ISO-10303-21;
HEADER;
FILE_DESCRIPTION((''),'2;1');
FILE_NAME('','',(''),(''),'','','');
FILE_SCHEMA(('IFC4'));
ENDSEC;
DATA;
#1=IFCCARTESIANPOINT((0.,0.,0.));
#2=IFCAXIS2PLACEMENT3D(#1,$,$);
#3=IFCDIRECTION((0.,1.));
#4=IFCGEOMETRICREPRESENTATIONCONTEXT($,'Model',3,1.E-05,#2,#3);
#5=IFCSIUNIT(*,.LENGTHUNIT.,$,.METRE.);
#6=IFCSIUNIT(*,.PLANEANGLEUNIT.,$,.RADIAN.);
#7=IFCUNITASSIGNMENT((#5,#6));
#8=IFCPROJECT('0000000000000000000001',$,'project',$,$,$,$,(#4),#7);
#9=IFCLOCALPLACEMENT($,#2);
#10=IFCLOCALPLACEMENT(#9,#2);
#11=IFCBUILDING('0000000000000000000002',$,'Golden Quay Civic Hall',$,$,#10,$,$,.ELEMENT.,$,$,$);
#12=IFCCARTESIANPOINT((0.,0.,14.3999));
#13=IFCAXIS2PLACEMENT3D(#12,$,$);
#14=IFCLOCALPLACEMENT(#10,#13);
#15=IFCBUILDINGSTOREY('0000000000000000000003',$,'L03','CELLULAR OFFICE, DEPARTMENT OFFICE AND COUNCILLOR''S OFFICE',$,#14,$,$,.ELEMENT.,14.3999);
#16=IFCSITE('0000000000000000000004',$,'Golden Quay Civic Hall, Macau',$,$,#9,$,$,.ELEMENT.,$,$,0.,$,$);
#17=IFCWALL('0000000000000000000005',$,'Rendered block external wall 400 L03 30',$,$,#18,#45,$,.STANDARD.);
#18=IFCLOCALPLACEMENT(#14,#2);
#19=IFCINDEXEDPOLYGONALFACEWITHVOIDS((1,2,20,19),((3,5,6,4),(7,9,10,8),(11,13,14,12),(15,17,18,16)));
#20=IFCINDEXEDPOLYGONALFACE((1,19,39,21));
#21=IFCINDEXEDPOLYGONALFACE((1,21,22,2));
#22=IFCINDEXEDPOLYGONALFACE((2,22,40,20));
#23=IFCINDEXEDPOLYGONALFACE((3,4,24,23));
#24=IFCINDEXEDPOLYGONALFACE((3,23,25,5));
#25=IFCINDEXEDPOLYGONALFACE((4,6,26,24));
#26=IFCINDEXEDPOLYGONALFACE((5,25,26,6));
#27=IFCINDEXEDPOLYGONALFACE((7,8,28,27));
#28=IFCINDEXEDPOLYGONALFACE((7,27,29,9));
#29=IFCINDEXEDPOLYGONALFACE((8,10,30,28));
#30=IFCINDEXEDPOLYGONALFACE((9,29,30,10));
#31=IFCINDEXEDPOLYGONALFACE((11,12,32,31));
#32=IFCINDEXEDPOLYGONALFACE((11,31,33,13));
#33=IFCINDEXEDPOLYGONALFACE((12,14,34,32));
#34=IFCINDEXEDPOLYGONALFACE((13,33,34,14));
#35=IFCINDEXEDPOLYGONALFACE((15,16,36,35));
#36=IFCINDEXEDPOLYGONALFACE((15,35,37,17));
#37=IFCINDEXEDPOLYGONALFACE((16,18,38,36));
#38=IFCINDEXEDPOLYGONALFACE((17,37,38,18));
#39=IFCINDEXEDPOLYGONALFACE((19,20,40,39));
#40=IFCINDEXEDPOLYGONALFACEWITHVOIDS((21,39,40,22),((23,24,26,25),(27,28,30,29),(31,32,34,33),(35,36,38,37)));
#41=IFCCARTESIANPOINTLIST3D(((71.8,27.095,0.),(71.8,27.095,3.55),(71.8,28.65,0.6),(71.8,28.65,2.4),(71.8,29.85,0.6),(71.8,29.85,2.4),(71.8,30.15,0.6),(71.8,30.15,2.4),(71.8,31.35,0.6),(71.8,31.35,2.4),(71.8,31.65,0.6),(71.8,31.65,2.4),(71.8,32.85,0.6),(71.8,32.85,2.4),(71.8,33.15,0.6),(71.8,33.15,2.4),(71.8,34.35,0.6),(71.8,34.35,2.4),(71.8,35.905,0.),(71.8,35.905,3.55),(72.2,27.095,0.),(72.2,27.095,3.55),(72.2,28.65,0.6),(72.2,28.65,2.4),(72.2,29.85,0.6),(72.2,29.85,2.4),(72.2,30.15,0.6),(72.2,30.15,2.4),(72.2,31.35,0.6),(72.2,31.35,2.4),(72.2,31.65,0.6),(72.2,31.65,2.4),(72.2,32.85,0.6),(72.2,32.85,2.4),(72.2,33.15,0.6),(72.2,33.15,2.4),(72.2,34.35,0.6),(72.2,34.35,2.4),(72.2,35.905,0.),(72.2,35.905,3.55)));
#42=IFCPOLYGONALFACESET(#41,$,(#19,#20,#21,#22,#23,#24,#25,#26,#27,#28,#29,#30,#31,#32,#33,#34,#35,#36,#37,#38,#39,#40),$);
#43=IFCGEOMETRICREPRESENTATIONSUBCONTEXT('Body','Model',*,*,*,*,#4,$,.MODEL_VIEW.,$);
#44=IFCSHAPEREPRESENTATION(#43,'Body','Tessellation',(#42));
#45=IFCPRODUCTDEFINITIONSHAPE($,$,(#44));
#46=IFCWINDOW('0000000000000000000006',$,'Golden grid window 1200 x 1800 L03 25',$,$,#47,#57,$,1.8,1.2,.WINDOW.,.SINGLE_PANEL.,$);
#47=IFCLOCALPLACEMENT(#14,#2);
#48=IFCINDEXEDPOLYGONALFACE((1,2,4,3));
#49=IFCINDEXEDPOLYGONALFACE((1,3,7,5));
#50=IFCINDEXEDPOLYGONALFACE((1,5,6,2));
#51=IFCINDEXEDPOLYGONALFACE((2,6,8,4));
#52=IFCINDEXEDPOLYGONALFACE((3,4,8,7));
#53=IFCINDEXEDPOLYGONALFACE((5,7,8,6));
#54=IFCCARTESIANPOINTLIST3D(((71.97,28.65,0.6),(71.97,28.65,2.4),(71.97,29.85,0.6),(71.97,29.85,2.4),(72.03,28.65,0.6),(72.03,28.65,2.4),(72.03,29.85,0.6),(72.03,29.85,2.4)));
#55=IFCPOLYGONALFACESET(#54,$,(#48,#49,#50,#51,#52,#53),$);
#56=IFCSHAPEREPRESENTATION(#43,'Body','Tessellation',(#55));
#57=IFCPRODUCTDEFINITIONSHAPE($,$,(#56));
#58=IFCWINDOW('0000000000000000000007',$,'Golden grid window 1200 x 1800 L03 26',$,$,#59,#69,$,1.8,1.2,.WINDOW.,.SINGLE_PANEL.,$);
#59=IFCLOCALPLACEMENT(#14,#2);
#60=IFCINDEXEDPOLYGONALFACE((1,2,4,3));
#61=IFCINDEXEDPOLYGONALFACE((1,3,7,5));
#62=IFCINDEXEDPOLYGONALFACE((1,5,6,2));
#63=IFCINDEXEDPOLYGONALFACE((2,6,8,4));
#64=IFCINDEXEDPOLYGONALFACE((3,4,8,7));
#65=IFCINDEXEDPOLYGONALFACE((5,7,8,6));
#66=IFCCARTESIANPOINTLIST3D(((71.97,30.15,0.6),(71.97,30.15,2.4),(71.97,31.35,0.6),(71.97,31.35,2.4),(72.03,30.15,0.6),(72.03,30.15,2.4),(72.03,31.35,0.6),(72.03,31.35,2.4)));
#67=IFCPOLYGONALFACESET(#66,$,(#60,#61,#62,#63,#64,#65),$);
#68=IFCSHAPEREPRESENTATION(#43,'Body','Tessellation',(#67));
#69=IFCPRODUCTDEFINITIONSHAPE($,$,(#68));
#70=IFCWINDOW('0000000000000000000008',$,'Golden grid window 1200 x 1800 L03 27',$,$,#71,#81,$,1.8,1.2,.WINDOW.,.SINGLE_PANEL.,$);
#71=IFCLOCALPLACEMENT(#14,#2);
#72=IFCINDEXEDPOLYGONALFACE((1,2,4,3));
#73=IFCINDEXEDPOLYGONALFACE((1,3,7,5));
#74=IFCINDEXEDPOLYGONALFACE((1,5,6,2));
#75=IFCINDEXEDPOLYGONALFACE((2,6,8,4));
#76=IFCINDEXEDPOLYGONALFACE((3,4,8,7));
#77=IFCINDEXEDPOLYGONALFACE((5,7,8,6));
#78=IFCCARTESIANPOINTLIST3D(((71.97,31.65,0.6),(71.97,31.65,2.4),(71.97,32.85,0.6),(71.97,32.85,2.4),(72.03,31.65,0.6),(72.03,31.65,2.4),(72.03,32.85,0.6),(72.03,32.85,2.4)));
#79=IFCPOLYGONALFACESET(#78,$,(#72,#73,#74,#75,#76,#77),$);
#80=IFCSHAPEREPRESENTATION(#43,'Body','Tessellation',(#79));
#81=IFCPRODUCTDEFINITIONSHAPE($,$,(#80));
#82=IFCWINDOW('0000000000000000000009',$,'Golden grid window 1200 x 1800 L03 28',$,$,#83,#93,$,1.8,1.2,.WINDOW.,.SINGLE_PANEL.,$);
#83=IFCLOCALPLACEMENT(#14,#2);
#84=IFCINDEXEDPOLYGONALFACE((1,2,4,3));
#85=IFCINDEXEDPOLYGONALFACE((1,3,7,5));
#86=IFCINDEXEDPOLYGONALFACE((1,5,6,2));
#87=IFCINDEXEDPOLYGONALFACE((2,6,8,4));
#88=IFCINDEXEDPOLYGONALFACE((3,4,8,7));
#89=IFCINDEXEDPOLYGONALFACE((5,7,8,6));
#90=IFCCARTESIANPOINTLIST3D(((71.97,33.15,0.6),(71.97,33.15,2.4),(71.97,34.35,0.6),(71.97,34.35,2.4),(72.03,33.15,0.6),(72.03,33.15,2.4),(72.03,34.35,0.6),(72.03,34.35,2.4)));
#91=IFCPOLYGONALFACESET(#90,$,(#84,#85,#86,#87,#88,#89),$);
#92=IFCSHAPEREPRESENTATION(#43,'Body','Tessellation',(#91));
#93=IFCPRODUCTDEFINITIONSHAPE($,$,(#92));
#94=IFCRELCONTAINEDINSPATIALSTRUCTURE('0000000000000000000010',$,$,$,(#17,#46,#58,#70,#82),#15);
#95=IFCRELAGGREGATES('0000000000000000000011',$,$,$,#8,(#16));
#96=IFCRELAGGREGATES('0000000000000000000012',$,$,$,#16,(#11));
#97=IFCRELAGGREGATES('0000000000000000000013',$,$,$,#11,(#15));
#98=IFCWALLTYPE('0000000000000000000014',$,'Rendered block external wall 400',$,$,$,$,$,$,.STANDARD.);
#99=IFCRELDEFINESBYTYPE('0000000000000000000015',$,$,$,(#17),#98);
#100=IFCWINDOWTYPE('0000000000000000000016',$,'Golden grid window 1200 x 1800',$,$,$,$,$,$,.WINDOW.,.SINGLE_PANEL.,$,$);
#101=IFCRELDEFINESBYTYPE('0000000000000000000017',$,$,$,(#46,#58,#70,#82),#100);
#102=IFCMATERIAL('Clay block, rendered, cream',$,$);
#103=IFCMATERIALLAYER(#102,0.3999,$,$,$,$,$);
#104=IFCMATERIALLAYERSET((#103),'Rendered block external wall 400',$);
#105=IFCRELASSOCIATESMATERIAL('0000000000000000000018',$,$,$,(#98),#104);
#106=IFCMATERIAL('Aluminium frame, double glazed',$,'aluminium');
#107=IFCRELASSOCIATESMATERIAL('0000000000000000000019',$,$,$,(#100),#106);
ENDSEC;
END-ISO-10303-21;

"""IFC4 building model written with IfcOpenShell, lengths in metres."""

from ifc_helpers import new_model, si_unit, direction, frame, frame_2d, origin, place, context, subcontext, project, spatial, rectangle, extrude, material, layer, layer_set, type_object, element, fill, save


model = new_model("IFC4")

# Units and contexts
model_context = context("Model", 3, precision=1e-05, world=origin(), true_north=direction((0.0, 1.0)))
body_context = subcontext(model_context, "Body", "Model", "MODEL_VIEW")
ifc_project = project(units=[si_unit("LENGTHUNIT", "METRE"), si_unit("PLANEANGLEUNIT", "RADIAN")], contexts=[model_context])

# Site, building, storey
site_placement = place(None, origin())
site = spatial("IfcSite", under=ifc_project, at=site_placement, Name="Golden Quay Civic Hall, Macau", CompositionType="ELEMENT", RefElevation=0.0)
building_placement = place(site_placement, origin())
building = spatial("IfcBuilding", under=site, at=building_placement, Name="Golden Quay Civic Hall", CompositionType="ELEMENT")
storey_placement = place(building_placement, frame((0.0, 0.0, 14.3999)))
storey = spatial("IfcBuildingStorey", under=building, at=storey_placement, Name="L03", Description="CELLULAR OFFICE, DEPARTMENT OFFICE AND COUNCILLOR'S OFFICE", CompositionType="ELEMENT", Elevation=14.3999)

# Wall, openings, windows
ifc_material_1 = material(Name="Clay block, rendered, cream")
ifc_layer_1 = layer(ifc_material_1, 0.3999)
ifc_layer_set_1 = layer_set([ifc_layer_1], Name="Rendered block external wall 400")
wall_type = type_object("IfcWallType", Name="Rendered block external wall 400", PredefinedType="STANDARD", material=ifc_layer_set_1)
wall_placement = place(storey_placement, frame((72.0, 35.905, 0.0), z_axis=(0.0, 0.0, 1.0), x_axis=(0.0, -1.0, 0.0)))
wall = element("IfcWall", 1, at=wall_placement, inside=storey, type_object=wall_type, Name="Rendered block external wall 400 L03 30", PredefinedType="STANDARD", context=body_context, shape_type="SweptSolid", body=[
    extrude(rectangle(XDim=8.8101, YDim=0.3999, at=frame_2d((4.405, 0.0))), origin(), (0.0, 0.0, 1.0), 3.55),
])
opening_1_placement = place(wall_placement, frame((6.0549, 0.0, 0.6001)))
opening_1 = element("IfcOpeningElement", 2, at=opening_1_placement, cuts=wall, PredefinedType="OPENING", context=body_context, shape_type="SweptSolid", body=[
    extrude(rectangle(XDim=1.2, YDim=1.8, at=frame_2d((0.6001, 0.8999))), frame((0.0, 0.21, 0.0), z_axis=(0.0, -1.0, 0.0), x_axis=(1.0, 0.0, 0.0)), (0.0, 0.0, 1.0), 0.4199),
])
opening_2_placement = place(wall_placement, frame((4.5549, 0.0, 0.6001)))
opening_2 = element("IfcOpeningElement", 3, at=opening_2_placement, cuts=wall, PredefinedType="OPENING", context=body_context, shape_type="SweptSolid", body=[
    extrude(rectangle(XDim=1.2, YDim=1.8, at=frame_2d((0.6001, 0.8999))), frame((0.0, 0.21, 0.0), z_axis=(0.0, -1.0, 0.0), x_axis=(1.0, 0.0, 0.0)), (0.0, 0.0, 1.0), 0.4199),
])
opening_3_placement = place(wall_placement, frame((3.0549, 0.0, 0.6001)))
opening_3 = element("IfcOpeningElement", 4, at=opening_3_placement, cuts=wall, PredefinedType="OPENING", context=body_context, shape_type="SweptSolid", body=[
    extrude(rectangle(XDim=1.2, YDim=1.8, at=frame_2d((0.6001, 0.8999))), frame((0.0, 0.21, 0.0), z_axis=(0.0, -1.0, 0.0), x_axis=(1.0, 0.0, 0.0)), (0.0, 0.0, 1.0), 0.4199),
])
opening_4_placement = place(wall_placement, frame((1.5549, 0.0, 0.6001)))
opening_4 = element("IfcOpeningElement", 5, at=opening_4_placement, cuts=wall, PredefinedType="OPENING", context=body_context, shape_type="SweptSolid", body=[
    extrude(rectangle(XDim=1.2, YDim=1.8, at=frame_2d((0.6001, 0.8999))), frame((0.0, 0.21, 0.0), z_axis=(0.0, -1.0, 0.0), x_axis=(1.0, 0.0, 0.0)), (0.0, 0.0, 1.0), 0.4199),
])
ifc_material_2 = material(Name="Aluminium frame, double glazed", Category="aluminium")
window_type = type_object("IfcWindowType", Name="Golden grid window 1200 x 1800", PartitioningType="SINGLE_PANEL", PredefinedType="WINDOW", material=ifc_material_2)
window_1_placement = place(opening_1_placement, origin())
window_1 = element("IfcWindow", 6, at=window_1_placement, inside=storey, type_object=window_type, Name="Golden grid window 1200 x 1800 L03 25", OverallHeight=1.8, OverallWidth=1.2, PartitioningType="SINGLE_PANEL", PredefinedType="WINDOW", context=body_context, shape_type="SweptSolid", body=[
    extrude(rectangle(XDim=1.2, YDim=1.8, at=frame_2d((0.6001, 0.8999))), frame((0.0, 0.03, 0.0), z_axis=(0.0, -1.0, 0.0), x_axis=(1.0, 0.0, 0.0)), (0.0, 0.0, 1.0), 0.0601),
])
fill(opening_1, window_1)
window_2_placement = place(opening_2_placement, origin())
window_2 = element("IfcWindow", 7, at=window_2_placement, inside=storey, type_object=window_type, Name="Golden grid window 1200 x 1800 L03 26", OverallHeight=1.8, OverallWidth=1.2, PartitioningType="SINGLE_PANEL", PredefinedType="WINDOW", context=body_context, shape_type="SweptSolid", body=[
    extrude(rectangle(XDim=1.2, YDim=1.8, at=frame_2d((0.6001, 0.8999))), frame((0.0, 0.03, 0.0), z_axis=(0.0, -1.0, 0.0), x_axis=(1.0, 0.0, 0.0)), (0.0, 0.0, 1.0), 0.0601),
])
fill(opening_2, window_2)
window_3_placement = place(opening_3_placement, origin())
window_3 = element("IfcWindow", 8, at=window_3_placement, inside=storey, type_object=window_type, Name="Golden grid window 1200 x 1800 L03 27", OverallHeight=1.8, OverallWidth=1.2, PartitioningType="SINGLE_PANEL", PredefinedType="WINDOW", context=body_context, shape_type="SweptSolid", body=[
    extrude(rectangle(XDim=1.2, YDim=1.8, at=frame_2d((0.6001, 0.8999))), frame((0.0, 0.03, 0.0), z_axis=(0.0, -1.0, 0.0), x_axis=(1.0, 0.0, 0.0)), (0.0, 0.0, 1.0), 0.0601),
])
fill(opening_3, window_3)
window_4_placement = place(opening_4_placement, origin())
window_4 = element("IfcWindow", 9, at=window_4_placement, inside=storey, type_object=window_type, Name="Golden grid window 1200 x 1800 L03 28", OverallHeight=1.8, OverallWidth=1.2, PartitioningType="SINGLE_PANEL", PredefinedType="WINDOW", context=body_context, shape_type="SweptSolid", body=[
    extrude(rectangle(XDim=1.2, YDim=1.8, at=frame_2d((0.6001, 0.8999))), frame((0.0, 0.03, 0.0), z_axis=(0.0, -1.0, 0.0), x_axis=(1.0, 0.0, 0.0)), (0.0, 0.0, 1.0), 0.0601),
])
fill(opening_4, window_4)

save(model, "model.ifc")
